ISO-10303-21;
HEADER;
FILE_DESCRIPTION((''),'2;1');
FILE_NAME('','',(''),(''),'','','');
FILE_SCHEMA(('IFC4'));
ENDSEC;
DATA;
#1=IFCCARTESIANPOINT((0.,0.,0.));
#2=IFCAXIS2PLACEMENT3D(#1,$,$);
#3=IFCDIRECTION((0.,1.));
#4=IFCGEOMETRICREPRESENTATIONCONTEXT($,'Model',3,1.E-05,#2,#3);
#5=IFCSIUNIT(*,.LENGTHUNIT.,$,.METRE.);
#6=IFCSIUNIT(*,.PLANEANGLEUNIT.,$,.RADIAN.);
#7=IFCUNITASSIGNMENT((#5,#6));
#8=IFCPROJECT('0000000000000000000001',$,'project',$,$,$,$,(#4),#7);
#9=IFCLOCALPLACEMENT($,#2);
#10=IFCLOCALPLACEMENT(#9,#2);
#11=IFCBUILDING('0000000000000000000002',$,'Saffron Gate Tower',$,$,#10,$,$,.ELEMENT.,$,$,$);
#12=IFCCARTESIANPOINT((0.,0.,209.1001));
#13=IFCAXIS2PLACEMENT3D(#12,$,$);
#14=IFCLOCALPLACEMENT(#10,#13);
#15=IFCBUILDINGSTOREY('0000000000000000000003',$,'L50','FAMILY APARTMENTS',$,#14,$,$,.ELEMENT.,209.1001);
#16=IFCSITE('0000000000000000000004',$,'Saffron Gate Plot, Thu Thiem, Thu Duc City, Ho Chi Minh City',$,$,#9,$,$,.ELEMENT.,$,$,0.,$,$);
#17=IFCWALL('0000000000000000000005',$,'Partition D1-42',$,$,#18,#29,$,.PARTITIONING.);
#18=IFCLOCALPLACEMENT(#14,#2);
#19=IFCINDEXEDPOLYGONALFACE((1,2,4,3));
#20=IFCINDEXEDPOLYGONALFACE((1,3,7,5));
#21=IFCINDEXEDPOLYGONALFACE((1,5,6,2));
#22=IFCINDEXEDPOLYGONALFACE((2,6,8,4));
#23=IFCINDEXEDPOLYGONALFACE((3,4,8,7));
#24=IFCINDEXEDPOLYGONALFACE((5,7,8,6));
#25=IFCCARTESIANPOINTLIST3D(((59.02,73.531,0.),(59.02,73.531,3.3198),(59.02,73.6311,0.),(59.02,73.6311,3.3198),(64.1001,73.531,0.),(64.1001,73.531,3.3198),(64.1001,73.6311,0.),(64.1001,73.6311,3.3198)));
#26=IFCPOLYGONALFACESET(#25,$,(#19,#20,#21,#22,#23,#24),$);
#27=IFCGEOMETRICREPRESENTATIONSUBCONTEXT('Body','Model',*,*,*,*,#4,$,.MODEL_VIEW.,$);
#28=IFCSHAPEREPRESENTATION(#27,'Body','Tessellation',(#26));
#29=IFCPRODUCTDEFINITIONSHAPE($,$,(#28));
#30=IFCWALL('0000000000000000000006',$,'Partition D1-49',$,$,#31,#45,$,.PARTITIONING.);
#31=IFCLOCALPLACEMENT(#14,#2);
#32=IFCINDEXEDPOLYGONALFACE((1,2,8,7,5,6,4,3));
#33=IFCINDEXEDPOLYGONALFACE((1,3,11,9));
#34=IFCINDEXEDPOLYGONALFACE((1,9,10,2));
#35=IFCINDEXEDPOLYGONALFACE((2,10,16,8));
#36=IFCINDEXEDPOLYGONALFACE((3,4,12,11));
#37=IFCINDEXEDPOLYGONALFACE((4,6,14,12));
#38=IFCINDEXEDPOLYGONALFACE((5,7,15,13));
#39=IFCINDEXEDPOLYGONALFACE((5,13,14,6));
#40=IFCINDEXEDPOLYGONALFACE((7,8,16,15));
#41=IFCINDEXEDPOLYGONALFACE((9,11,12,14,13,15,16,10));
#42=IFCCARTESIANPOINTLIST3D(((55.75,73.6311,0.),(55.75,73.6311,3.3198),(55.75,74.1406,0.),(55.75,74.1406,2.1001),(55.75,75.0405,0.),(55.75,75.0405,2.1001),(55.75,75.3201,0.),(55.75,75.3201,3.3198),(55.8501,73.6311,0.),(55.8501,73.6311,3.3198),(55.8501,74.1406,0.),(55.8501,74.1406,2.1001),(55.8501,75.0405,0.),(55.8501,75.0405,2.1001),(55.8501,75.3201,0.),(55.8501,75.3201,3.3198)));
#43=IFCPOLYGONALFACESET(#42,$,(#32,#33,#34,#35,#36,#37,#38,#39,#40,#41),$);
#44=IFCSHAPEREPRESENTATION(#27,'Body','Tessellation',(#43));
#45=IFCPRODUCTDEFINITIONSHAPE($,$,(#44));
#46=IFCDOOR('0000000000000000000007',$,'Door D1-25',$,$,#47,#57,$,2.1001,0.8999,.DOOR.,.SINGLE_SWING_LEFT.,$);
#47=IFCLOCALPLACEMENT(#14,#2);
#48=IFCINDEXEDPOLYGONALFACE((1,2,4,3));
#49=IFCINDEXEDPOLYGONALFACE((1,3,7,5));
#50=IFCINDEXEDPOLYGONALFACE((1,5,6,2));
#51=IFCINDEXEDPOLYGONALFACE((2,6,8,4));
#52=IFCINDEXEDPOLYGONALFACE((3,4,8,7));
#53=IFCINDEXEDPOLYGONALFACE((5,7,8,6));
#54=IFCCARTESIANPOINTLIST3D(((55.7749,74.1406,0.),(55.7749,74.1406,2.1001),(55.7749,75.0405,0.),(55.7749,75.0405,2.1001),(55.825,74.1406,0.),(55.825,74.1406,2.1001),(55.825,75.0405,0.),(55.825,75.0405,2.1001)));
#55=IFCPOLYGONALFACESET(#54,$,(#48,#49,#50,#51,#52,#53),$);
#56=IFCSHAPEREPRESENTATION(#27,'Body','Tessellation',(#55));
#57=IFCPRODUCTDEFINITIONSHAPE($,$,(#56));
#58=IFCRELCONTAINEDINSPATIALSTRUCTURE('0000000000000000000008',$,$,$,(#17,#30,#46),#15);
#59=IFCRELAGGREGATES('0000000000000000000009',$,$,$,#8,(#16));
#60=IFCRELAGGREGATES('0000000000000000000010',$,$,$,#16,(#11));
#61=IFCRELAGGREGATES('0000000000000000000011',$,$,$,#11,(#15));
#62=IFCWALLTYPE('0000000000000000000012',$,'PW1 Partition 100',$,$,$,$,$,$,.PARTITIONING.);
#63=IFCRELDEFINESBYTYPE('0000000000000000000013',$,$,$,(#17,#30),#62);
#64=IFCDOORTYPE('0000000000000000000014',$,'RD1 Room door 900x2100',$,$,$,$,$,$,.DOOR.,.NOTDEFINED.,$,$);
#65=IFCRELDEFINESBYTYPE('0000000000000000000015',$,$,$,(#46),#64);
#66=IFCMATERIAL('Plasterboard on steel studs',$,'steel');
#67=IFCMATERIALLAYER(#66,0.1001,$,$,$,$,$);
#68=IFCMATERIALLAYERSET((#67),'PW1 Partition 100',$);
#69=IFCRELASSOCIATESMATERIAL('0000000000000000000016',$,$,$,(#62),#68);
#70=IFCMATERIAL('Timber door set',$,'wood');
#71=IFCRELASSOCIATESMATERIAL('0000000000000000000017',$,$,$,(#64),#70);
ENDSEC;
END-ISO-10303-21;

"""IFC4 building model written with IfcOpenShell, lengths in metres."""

from ifc_helpers import new_model, si_unit, direction, frame, frame_2d, origin, place, context, subcontext, project, spatial, rectangle, extrude, material, layer, layer_set, type_object, element, fill, save


model = new_model("IFC4")

# Units and contexts
model_context = context("Model", 3, precision=1e-05, world=origin(), true_north=direction((0.0, 1.0)))
body_context = subcontext(model_context, "Body", "Model", "MODEL_VIEW")
ifc_project = project(units=[si_unit("LENGTHUNIT", "METRE"), si_unit("PLANEANGLEUNIT", "RADIAN")], contexts=[model_context])

# Site, building, storey
site_placement = place(None, origin())
site = spatial("IfcSite", under=ifc_project, at=site_placement, Name="Saffron Gate Plot, Thu Thiem, Thu Duc City, Ho Chi Minh City", CompositionType="ELEMENT", RefElevation=0.0)
building_placement = place(site_placement, origin())
building = spatial("IfcBuilding", under=site, at=building_placement, Name="Saffron Gate Tower", CompositionType="ELEMENT")
storey_placement = place(building_placement, frame((0.0, 0.0, 209.1001)))
storey = spatial("IfcBuildingStorey", under=building, at=storey_placement, Name="L50", Description="FAMILY APARTMENTS", CompositionType="ELEMENT", Elevation=209.1001)

# Wall
ifc_material_1 = material(Name="Plasterboard on steel studs", Category="steel")
ifc_layer_1 = layer(ifc_material_1, 0.1001)
ifc_layer_set_1 = layer_set([ifc_layer_1], Name="PW1 Partition 100")
wall_type = type_object("IfcWallType", Name="PW1 Partition 100", PredefinedType="PARTITIONING", material=ifc_layer_set_1)
wall_1_placement = place(storey_placement, frame((59.02, 73.5811, 0.0), z_axis=(0.0, 0.0, 1.0), x_axis=(1.0, 0.0, 0.0)))
element("IfcWall", 1, at=wall_1_placement, inside=storey, type_object=wall_type, Name="Partition D1-42", PredefinedType="PARTITIONING", context=body_context, shape_type="SweptSolid", body=[
    extrude(rectangle(XDim=5.0801, YDim=0.1001, at=frame_2d((2.54, 0.0))), origin(), (0.0, 0.0, 1.0), 3.3198),
])

# Wall, opening, door
wall_2_placement = place(storey_placement, frame((55.8, 75.3201, 0.0), z_axis=(0.0, 0.0, 1.0), x_axis=(0.0, -1.0, 0.0)))
wall_2 = element("IfcWall", 2, at=wall_2_placement, inside=storey, type_object=wall_type, Name="Partition D1-49", PredefinedType="PARTITIONING", context=body_context, shape_type="SweptSolid", body=[
    extrude(rectangle(XDim=1.689, YDim=0.1001, at=frame_2d((0.8445, 0.0))), origin(), (0.0, 0.0, 1.0), 3.3198),
])
opening_placement = place(wall_2_placement, frame((0.2795, 0.0, 0.0)))
opening = element("IfcOpeningElement", 3, at=opening_placement, cuts=wall_2, PredefinedType="OPENING", context=body_context, shape_type="SweptSolid", body=[
    extrude(rectangle(XDim=0.8999, YDim=2.1001, at=frame_2d((0.45, 1.05))), frame((0.0, 0.0601, 0.0), z_axis=(0.0, -1.0, 0.0), x_axis=(1.0, 0.0, 0.0)), (0.0, 0.0, 1.0), 0.1201),
])
ifc_material_2 = material(Name="Timber door set", Category="wood")
door_type = type_object("IfcDoorType", Name="RD1 Room door 900x2100", OperationType="NOTDEFINED", PredefinedType="DOOR", material=ifc_material_2)
door_placement = place(opening_placement, origin())
door = element("IfcDoor", 4, at=door_placement, inside=storey, type_object=door_type, Name="Door D1-25", OperationType="SINGLE_SWING_LEFT", OverallHeight=2.1001, OverallWidth=0.8999, PredefinedType="DOOR", context=body_context, shape_type="SweptSolid", body=[
    extrude(rectangle(XDim=0.8999, YDim=2.1001, at=frame_2d((0.45, 1.05))), frame((0.0, 0.0249, 0.0), z_axis=(0.0, -1.0, 0.0), x_axis=(1.0, 0.0, 0.0)), (0.0, 0.0, 1.0), 0.05),
])
fill(opening, door)

save(model, "model.ifc")
